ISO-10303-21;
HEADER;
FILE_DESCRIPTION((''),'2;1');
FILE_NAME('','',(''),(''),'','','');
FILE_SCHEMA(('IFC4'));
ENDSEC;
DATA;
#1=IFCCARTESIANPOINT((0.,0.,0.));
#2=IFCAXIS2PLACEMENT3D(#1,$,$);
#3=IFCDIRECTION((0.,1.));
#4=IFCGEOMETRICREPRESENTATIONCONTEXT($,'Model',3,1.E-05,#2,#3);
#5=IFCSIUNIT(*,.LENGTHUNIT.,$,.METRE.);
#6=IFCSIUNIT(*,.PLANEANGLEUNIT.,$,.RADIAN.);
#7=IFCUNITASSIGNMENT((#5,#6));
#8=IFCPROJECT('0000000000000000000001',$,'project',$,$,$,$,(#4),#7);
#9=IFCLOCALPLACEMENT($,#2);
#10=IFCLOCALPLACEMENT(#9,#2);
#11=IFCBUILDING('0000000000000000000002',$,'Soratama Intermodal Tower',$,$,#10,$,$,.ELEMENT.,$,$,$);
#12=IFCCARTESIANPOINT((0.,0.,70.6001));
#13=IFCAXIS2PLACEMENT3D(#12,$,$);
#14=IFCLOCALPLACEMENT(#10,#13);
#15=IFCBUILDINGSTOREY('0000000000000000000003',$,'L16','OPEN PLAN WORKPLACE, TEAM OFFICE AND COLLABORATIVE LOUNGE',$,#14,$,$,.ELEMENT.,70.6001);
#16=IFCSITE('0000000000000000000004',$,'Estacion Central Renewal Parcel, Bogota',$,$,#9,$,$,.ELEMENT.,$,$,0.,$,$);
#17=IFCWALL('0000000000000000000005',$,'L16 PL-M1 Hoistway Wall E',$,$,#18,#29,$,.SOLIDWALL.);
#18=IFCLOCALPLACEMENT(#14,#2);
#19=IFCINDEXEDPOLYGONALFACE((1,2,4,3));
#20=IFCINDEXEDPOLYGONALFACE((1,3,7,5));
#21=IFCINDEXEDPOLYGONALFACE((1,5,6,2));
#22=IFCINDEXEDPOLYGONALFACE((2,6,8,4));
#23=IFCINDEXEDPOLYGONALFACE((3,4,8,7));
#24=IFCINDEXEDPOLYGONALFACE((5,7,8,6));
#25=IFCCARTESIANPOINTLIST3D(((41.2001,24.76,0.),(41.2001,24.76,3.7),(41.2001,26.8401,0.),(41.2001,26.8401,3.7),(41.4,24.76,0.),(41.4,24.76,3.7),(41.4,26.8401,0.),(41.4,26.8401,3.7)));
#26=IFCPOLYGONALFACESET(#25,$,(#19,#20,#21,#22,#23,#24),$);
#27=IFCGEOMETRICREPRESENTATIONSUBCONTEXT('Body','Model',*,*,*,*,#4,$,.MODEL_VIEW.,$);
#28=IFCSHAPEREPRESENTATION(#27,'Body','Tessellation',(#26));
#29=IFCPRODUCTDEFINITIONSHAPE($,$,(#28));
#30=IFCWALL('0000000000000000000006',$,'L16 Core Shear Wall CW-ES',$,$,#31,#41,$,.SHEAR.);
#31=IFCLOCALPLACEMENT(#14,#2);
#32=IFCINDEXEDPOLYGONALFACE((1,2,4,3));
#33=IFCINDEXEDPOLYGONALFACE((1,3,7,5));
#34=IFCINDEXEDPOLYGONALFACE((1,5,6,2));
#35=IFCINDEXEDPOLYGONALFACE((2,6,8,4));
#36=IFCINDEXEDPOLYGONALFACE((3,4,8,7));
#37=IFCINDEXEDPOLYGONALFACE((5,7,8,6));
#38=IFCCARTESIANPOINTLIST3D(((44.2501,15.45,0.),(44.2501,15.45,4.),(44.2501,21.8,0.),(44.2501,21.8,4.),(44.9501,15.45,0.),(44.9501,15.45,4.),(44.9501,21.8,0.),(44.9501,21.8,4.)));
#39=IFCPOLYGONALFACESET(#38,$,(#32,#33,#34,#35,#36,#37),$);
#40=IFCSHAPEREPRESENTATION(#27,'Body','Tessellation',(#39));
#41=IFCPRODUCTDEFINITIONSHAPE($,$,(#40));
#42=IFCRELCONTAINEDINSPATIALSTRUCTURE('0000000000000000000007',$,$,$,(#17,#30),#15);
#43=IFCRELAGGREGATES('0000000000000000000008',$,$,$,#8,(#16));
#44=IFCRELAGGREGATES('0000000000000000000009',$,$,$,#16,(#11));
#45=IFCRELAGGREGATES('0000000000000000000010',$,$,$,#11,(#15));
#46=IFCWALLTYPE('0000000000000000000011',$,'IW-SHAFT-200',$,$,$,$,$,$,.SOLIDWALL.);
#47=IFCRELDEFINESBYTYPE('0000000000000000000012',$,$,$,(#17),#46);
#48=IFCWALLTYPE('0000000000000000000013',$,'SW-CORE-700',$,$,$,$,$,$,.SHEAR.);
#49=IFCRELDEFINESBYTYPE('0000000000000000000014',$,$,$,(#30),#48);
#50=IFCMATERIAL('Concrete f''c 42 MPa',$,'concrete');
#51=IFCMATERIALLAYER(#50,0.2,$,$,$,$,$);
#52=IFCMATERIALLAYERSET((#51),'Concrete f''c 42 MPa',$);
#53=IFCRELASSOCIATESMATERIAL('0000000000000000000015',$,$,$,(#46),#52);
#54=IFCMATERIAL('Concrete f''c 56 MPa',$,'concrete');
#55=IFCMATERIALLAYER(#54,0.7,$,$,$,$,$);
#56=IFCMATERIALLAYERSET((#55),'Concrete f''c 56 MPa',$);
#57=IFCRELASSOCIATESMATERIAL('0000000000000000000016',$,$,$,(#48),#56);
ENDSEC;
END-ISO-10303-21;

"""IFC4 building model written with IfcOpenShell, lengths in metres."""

from ifc_helpers import new_model, si_unit, direction, frame, frame_2d, origin, place, context, subcontext, project, spatial, rectangle, extrude, material, layer, layer_set, type_object, element, save


model = new_model("IFC4")

# Units and contexts
model_context = context("Model", 3, precision=1e-05, world=origin(), true_north=direction((0.0, 1.0)))
body_context = subcontext(model_context, "Body", "Model", "MODEL_VIEW")
ifc_project = project(units=[si_unit("LENGTHUNIT", "METRE"), si_unit("PLANEANGLEUNIT", "RADIAN")], contexts=[model_context])

# Site, building, storey
site_placement = place(None, origin())
site = spatial("IfcSite", under=ifc_project, at=site_placement, Name="Estacion Central Renewal Parcel, Bogota", CompositionType="ELEMENT", RefElevation=0.0)
building_placement = place(site_placement, origin())
building = spatial("IfcBuilding", under=site, at=building_placement, Name="Soratama Intermodal Tower", CompositionType="ELEMENT")
storey_placement = place(building_placement, frame((0.0, 0.0, 70.6001)))
storey = spatial("IfcBuildingStorey", under=building, at=storey_placement, Name="L16", Description="OPEN PLAN WORKPLACE, TEAM OFFICE AND COLLABORATIVE LOUNGE", CompositionType="ELEMENT", Elevation=70.6001)

# Walls
ifc_material_1 = material(Name="Concrete f'c 42 MPa", Category="concrete")
ifc_layer_1 = layer(ifc_material_1, 0.2)
ifc_layer_set_1 = layer_set([ifc_layer_1], Name="Concrete f'c 42 MPa")
wall_type_1 = type_object("IfcWallType", Name="IW-SHAFT-200", PredefinedType="SOLIDWALL", material=ifc_layer_set_1)
wall_1_placement = place(storey_placement, frame((41.3, 24.76, 0.0), z_axis=(0.0, 0.0, 1.0), x_axis=(0.0, 1.0, 0.0)))
element("IfcWall", 1, at=wall_1_placement, inside=storey, type_object=wall_type_1, Name="L16 PL-M1 Hoistway Wall E", PredefinedType="SOLIDWALL", context=body_context, shape_type="SweptSolid", body=[
    extrude(rectangle(XDim=2.0801, YDim=0.2, at=frame_2d((1.04, 0.0))), origin(), (0.0, 0.0, 1.0), 3.7),
])
ifc_material_2 = material(Name="Concrete f'c 56 MPa", Category="concrete")
ifc_layer_2 = layer(ifc_material_2, 0.7)
ifc_layer_set_2 = layer_set([ifc_layer_2], Name="Concrete f'c 56 MPa")
wall_type_2 = type_object("IfcWallType", Name="SW-CORE-700", PredefinedType="SHEAR", material=ifc_layer_set_2)
wall_2_placement = place(storey_placement, frame((44.6001, 15.45, 0.0), z_axis=(0.0, 0.0, 1.0), x_axis=(0.0, 1.0, 0.0)))
element("IfcWall", 2, at=wall_2_placement, inside=storey, type_object=wall_type_2, Name="L16 Core Shear Wall CW-ES", PredefinedType="SHEAR", context=body_context, shape_type="SweptSolid", body=[
    extrude(rectangle(XDim=6.3501, YDim=0.7, at=frame_2d((3.175, 0.0))), origin(), (0.0, 0.0, 1.0), 4.0),
])

save(model, "model.ifc")
